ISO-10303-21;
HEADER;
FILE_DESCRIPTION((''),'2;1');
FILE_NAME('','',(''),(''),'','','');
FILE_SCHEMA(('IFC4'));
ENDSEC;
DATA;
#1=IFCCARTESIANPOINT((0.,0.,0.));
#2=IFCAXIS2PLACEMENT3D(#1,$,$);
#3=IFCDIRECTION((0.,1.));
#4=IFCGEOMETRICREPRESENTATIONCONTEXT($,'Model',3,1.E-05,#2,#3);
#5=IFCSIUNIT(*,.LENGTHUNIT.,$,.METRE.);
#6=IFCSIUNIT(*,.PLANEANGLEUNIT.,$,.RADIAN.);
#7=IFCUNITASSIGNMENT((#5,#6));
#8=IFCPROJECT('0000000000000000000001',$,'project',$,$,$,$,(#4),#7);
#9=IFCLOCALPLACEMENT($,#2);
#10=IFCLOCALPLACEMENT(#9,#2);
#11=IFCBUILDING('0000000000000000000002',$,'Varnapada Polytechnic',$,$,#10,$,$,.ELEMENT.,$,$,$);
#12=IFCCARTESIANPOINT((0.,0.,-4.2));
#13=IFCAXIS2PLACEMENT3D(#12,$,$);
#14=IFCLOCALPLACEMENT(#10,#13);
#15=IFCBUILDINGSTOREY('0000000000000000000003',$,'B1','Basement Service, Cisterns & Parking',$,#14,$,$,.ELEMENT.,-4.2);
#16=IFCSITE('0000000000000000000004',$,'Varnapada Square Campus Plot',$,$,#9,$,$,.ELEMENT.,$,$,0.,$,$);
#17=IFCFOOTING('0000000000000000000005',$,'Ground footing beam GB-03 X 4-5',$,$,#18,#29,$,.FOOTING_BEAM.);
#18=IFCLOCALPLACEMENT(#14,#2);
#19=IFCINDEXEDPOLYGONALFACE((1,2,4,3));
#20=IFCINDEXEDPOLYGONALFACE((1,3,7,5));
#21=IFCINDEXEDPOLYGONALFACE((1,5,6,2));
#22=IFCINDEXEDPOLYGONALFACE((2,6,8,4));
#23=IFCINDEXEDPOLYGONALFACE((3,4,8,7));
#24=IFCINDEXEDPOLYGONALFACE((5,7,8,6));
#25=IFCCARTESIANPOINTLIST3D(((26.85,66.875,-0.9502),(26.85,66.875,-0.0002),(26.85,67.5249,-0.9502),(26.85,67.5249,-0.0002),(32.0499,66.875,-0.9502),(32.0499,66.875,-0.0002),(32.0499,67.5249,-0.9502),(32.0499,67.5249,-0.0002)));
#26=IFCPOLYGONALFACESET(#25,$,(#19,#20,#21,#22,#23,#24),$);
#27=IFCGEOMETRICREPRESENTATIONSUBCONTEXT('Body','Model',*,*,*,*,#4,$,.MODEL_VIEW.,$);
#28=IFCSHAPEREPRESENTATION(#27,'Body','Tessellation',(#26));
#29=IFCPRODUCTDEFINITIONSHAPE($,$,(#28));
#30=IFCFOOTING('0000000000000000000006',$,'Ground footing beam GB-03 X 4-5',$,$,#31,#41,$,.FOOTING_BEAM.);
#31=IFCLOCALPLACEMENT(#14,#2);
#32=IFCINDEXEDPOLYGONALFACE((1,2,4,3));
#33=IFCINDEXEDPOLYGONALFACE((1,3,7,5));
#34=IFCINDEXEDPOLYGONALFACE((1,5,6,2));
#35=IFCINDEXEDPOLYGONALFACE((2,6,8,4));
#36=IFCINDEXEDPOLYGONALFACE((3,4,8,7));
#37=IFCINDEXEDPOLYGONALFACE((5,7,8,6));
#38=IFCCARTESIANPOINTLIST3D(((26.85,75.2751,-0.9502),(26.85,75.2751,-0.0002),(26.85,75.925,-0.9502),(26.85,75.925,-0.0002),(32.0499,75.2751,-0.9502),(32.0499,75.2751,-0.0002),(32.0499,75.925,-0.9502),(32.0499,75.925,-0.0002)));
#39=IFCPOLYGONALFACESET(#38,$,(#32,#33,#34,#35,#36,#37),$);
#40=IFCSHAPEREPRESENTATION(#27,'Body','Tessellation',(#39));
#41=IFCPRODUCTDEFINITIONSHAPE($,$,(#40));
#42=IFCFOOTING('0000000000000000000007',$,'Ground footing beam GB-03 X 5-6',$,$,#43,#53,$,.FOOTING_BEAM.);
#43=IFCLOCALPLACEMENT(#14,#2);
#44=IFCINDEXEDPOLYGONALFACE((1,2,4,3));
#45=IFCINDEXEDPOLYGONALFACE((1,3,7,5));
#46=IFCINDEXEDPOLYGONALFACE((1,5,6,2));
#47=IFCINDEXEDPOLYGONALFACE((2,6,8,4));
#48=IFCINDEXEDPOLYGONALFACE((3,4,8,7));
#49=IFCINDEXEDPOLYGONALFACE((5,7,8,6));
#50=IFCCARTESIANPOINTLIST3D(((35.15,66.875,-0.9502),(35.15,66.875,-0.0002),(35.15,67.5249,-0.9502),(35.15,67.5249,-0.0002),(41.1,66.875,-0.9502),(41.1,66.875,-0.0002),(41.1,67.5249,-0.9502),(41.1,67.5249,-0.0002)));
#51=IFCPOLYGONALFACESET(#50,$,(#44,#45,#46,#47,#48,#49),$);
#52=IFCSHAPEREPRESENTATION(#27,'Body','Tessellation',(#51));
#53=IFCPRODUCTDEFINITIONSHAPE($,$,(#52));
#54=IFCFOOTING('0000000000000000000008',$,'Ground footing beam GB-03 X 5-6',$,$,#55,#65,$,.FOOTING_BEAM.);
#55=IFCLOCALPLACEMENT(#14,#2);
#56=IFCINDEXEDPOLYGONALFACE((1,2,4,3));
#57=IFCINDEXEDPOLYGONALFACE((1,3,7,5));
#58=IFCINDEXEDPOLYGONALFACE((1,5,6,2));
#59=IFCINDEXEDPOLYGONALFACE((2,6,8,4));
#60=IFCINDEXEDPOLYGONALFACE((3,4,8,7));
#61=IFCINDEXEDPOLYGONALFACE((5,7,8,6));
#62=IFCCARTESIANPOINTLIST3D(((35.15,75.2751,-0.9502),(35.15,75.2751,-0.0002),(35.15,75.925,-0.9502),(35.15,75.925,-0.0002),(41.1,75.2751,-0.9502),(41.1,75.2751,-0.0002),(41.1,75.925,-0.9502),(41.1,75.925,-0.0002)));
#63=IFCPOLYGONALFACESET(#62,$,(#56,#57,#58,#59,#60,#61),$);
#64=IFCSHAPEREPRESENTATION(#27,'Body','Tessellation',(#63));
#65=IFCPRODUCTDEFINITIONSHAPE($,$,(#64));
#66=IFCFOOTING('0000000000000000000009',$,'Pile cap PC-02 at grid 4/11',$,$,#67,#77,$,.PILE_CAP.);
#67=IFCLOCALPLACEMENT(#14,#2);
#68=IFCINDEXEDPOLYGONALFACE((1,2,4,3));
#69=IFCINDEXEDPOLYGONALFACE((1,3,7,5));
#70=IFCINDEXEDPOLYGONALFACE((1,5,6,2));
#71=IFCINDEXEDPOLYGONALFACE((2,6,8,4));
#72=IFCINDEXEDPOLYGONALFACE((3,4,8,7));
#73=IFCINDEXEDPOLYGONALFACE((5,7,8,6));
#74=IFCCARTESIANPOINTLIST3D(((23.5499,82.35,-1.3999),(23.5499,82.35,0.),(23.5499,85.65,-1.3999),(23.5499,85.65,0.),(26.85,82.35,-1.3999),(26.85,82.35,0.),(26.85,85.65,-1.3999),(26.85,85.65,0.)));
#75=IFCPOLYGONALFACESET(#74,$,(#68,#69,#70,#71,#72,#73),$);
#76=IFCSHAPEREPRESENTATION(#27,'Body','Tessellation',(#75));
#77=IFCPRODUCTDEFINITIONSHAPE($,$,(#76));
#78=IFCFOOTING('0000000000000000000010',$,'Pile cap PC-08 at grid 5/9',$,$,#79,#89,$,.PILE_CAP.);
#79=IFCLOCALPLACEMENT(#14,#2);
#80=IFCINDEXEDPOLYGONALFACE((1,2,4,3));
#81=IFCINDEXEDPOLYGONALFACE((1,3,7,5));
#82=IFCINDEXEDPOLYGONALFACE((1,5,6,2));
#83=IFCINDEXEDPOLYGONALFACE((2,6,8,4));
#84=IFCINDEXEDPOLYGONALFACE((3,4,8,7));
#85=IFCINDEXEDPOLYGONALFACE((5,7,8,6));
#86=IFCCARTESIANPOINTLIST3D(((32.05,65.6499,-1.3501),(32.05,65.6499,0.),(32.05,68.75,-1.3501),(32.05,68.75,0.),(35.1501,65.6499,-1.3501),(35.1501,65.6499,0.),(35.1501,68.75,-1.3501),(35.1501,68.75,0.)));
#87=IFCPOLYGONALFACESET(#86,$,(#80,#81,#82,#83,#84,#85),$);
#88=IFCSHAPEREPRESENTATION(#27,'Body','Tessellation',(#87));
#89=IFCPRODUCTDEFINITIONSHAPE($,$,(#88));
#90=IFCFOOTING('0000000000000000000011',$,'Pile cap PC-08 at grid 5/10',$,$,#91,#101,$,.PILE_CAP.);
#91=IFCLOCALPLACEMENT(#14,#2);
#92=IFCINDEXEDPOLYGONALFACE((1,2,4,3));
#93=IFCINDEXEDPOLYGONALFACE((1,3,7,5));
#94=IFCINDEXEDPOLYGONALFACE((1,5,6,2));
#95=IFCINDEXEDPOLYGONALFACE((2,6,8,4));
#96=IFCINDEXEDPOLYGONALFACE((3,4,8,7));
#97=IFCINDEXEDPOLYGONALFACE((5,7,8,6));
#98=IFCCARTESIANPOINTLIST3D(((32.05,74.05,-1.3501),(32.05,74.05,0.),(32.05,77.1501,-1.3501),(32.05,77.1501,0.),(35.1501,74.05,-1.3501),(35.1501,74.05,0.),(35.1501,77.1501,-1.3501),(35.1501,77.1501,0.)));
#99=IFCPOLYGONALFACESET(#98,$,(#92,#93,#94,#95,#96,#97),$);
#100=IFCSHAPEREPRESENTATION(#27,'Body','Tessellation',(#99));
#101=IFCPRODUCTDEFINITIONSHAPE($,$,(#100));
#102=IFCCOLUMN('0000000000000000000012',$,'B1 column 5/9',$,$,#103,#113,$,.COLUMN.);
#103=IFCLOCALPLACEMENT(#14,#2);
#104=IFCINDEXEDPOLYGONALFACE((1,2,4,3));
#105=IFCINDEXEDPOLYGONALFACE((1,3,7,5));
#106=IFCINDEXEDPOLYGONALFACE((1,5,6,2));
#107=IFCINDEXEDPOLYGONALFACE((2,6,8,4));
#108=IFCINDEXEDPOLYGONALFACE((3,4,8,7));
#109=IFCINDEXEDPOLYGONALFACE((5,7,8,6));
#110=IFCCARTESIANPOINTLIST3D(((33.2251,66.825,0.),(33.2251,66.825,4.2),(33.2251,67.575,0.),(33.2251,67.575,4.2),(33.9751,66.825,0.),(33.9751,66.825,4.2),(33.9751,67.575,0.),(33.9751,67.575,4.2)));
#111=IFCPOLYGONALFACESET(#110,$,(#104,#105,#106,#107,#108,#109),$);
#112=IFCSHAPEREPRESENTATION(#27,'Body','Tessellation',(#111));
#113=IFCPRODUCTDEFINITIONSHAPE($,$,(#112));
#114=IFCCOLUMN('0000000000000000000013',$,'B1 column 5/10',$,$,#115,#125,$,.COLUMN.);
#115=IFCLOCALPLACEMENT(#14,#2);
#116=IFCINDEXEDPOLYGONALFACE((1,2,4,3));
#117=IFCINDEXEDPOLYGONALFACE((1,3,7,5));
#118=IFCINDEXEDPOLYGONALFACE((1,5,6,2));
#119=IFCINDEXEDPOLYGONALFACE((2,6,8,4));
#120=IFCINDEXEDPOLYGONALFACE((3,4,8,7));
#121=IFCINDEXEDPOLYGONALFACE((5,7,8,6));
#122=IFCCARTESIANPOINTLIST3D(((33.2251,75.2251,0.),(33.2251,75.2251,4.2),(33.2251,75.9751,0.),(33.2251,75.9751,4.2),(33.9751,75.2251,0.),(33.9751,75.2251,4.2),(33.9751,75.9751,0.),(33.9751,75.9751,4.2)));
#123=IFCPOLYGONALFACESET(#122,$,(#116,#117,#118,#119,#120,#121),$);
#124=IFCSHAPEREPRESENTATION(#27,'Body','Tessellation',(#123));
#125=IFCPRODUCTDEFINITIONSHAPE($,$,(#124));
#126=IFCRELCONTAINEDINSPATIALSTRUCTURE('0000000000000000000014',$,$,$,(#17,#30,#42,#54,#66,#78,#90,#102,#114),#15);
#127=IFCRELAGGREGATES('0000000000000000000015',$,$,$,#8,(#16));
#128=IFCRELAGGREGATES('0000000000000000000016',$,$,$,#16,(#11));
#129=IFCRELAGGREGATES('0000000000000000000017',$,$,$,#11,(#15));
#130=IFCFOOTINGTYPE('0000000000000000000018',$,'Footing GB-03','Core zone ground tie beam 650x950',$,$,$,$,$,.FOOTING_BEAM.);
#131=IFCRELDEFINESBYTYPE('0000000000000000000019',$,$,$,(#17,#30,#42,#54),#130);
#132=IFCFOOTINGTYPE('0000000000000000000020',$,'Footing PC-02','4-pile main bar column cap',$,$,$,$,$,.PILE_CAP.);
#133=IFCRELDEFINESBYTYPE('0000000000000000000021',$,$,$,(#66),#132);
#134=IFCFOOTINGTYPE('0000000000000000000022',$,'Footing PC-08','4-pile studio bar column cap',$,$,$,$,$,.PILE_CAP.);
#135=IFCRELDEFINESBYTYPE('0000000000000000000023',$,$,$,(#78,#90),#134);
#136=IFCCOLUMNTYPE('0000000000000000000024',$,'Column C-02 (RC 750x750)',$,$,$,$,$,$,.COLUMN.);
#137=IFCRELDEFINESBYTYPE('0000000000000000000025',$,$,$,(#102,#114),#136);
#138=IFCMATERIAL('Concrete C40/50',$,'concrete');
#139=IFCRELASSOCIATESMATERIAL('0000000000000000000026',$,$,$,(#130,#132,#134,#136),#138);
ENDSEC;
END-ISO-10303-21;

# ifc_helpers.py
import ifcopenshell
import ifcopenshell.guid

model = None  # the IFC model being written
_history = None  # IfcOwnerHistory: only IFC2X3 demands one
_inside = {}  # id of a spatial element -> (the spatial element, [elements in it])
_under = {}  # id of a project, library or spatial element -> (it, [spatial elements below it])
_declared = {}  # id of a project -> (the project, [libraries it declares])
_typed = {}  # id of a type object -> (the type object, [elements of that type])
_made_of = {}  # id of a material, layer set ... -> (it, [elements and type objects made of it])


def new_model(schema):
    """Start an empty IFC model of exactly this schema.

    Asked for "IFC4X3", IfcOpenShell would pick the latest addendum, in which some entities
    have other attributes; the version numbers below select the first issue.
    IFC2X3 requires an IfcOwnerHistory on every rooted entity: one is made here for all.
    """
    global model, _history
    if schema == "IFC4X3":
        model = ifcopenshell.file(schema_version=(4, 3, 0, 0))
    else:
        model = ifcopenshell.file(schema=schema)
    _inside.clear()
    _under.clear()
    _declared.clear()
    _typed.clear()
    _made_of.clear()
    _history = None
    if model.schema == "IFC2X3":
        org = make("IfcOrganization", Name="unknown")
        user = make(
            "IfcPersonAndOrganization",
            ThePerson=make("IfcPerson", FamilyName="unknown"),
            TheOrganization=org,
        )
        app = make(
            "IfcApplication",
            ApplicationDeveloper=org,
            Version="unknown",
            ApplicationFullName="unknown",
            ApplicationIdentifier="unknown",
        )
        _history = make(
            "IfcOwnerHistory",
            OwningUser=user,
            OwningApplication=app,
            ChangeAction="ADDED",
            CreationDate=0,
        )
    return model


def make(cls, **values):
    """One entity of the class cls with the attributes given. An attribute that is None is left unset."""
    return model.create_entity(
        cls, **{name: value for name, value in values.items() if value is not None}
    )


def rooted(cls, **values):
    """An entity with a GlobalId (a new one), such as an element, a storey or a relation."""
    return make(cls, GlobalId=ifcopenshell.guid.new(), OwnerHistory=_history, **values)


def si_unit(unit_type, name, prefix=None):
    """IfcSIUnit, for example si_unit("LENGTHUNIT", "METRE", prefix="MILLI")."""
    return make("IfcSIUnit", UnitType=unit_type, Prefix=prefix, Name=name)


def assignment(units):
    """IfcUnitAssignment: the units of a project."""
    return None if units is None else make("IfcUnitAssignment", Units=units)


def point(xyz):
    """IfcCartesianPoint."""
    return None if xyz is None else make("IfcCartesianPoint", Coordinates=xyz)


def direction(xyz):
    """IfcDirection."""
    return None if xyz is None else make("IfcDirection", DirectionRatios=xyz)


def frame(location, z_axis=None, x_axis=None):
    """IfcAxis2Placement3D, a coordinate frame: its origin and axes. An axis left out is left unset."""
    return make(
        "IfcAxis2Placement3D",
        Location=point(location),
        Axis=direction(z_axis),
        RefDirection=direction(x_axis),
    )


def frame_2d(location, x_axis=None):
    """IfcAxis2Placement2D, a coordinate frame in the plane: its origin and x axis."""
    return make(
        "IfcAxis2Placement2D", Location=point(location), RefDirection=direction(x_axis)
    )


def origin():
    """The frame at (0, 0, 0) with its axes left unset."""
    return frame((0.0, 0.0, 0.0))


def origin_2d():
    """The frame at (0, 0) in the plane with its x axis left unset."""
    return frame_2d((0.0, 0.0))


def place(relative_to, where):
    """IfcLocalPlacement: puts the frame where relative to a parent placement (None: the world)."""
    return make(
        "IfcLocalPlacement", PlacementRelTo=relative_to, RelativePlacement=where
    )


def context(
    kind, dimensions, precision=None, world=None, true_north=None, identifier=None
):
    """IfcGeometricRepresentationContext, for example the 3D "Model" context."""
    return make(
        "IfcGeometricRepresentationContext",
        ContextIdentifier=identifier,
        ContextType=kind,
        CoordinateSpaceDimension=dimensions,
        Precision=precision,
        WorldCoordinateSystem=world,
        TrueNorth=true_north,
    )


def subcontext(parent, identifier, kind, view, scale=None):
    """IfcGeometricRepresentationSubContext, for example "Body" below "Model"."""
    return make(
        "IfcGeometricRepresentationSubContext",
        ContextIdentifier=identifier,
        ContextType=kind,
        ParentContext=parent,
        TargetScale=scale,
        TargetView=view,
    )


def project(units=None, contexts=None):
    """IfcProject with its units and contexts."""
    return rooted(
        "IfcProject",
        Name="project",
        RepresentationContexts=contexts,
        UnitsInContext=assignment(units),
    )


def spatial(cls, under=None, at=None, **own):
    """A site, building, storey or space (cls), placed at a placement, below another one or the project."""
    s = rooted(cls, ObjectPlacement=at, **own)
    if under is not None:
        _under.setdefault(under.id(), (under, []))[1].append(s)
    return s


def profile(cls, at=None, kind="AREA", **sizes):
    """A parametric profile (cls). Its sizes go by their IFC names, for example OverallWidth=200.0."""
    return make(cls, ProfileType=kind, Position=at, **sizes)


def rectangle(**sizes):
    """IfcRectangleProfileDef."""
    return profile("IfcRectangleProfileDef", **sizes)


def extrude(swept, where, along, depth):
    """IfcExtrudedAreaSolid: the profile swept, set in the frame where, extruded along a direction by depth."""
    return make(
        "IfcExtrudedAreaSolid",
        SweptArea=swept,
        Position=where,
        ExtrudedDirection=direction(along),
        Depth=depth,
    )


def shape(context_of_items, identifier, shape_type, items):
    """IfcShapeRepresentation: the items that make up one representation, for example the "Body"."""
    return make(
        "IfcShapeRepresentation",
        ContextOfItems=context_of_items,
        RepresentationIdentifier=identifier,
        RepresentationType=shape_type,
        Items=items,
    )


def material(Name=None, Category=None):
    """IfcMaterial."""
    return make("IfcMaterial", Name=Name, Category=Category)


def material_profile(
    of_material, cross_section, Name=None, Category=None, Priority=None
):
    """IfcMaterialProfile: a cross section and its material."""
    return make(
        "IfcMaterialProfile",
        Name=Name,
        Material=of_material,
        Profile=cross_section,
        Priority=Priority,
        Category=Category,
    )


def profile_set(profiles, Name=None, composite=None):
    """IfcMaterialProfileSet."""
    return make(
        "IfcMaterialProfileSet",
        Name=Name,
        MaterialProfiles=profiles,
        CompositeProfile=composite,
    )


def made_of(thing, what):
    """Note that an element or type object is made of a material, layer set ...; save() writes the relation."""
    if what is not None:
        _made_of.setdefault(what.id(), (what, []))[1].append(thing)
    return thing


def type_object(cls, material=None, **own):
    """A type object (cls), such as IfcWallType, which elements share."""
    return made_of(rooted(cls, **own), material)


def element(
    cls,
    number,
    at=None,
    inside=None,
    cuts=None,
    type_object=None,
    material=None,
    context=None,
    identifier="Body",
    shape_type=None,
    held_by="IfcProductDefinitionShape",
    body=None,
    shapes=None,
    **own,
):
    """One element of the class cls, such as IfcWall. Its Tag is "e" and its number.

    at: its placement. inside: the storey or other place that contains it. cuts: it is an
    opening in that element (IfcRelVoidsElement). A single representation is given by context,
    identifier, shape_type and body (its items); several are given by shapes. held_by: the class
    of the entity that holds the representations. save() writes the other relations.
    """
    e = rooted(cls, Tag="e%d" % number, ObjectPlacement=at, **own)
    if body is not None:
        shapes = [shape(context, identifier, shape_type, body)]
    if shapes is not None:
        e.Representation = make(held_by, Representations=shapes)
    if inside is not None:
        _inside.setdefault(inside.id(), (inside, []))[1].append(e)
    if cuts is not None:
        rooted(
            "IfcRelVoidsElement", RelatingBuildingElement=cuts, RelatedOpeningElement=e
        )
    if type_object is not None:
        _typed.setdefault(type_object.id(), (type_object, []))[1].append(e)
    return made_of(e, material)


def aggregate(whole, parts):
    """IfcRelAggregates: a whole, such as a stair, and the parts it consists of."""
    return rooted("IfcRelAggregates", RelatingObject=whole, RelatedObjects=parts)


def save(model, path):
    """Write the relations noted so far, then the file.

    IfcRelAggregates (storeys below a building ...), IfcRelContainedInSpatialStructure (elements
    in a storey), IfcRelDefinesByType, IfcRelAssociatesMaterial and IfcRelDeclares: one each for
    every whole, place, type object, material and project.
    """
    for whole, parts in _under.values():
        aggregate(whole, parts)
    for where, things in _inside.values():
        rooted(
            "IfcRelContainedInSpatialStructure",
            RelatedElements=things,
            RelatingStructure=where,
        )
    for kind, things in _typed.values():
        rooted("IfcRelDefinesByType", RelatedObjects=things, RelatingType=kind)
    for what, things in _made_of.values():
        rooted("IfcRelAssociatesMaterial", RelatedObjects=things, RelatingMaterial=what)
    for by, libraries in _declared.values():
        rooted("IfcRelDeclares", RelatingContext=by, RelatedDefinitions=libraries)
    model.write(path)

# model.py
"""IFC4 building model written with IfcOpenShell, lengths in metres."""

from ifc_helpers import new_model, si_unit, direction, frame, origin, origin_2d, place, context, subcontext, project, spatial, rectangle, extrude, material, material_profile, profile_set, type_object, element, save


model = new_model("IFC4")

# Units and contexts
model_context = context("Model", 3, precision=1e-05, world=origin(), true_north=direction((0.0, 1.0)))
body_context = subcontext(model_context, "Body", "Model", "MODEL_VIEW")
ifc_project = project(units=[si_unit("LENGTHUNIT", "METRE"), si_unit("PLANEANGLEUNIT", "RADIAN")], contexts=[model_context])

# Site, building, storey
site_placement = place(None, origin())
site = spatial("IfcSite", under=ifc_project, at=site_placement, Name="Varnapada Square Campus Plot", CompositionType="ELEMENT", RefElevation=0.0)
building_placement = place(site_placement, origin())
building = spatial("IfcBuilding", under=site, at=building_placement, Name="Varnapada Polytechnic", CompositionType="ELEMENT")
storey_placement = place(building_placement, frame((0.0, 0.0, -4.2)))
storey = spatial("IfcBuildingStorey", under=building, at=storey_placement, Name="B1", Description="Basement Service, Cisterns & Parking", CompositionType="ELEMENT", Elevation=-4.2)

# Shared definitions
ifc_material = material(Name="Concrete C40/50", Category="concrete")

# Footings
footing_type_1 = type_object("IfcFootingType", Name="Footing GB-03", Description="Core zone ground tie beam 650x950", PredefinedType="FOOTING_BEAM", material=ifc_material)
for number, where, z_axis, x_axis, name in (
    (1, (29.45, 67.2, -0.9502), (0.0, 0.0, 1.0), (1.0, 0.0, 0.0), "Ground footing beam GB-03 X 4-5"),
    (2, (29.45, 75.6001, -0.9502), (0.0, 0.0, 1.0), (1.0, 0.0, 0.0), "Ground footing beam GB-03 X 4-5"),
):
    element("IfcFooting", number, at=place(storey_placement, frame(where, z_axis=z_axis, x_axis=x_axis)), inside=storey, type_object=footing_type_1, Name=name, PredefinedType="FOOTING_BEAM", context=body_context, shape_type="SweptSolid", body=[
        extrude(rectangle(XDim=5.2, YDim=0.6499, at=origin_2d()), origin(), (0.0, 0.0, 1.0), 0.95),
    ])
for number, where, z_axis, x_axis, name in (
    (3, (38.125, 67.2, -0.9502), (0.0, 0.0, 1.0), (1.0, 0.0, 0.0), "Ground footing beam GB-03 X 5-6"),
    (4, (38.125, 75.6001, -0.9502), (0.0, 0.0, 1.0), (1.0, 0.0, 0.0), "Ground footing beam GB-03 X 5-6"),
):
    element("IfcFooting", number, at=place(storey_placement, frame(where, z_axis=z_axis, x_axis=x_axis)), inside=storey, type_object=footing_type_1, Name=name, PredefinedType="FOOTING_BEAM", context=body_context, shape_type="SweptSolid", body=[
        extrude(rectangle(XDim=5.95, YDim=0.6499, at=origin_2d()), origin(), (0.0, 0.0, 1.0), 0.95),
    ])
footing_type_2 = type_object("IfcFootingType", Name="Footing PC-02", Description="4-pile main bar column cap", PredefinedType="PILE_CAP", material=ifc_material)
footing_placement = place(storey_placement, frame((25.2, 84.0, -1.3999), z_axis=(0.0, 0.0, 1.0), x_axis=(1.0, 0.0, 0.0)))
element("IfcFooting", 5, at=footing_placement, inside=storey, type_object=footing_type_2, Name="Pile cap PC-02 at grid 4/11", PredefinedType="PILE_CAP", context=body_context, shape_type="SweptSolid", body=[
    extrude(rectangle(XDim=3.3, YDim=3.3, at=origin_2d()), origin(), (0.0, 0.0, 1.0), 1.3999),
])
footing_type_3 = type_object("IfcFootingType", Name="Footing PC-08", Description="4-pile studio bar column cap", PredefinedType="PILE_CAP", material=ifc_material)
for number, where, z_axis, x_axis, name in (
    (6, (33.6001, 67.2, -1.3501), (0.0, 0.0, 1.0), (1.0, 0.0, 0.0), "Pile cap PC-08 at grid 5/9"),
    (7, (33.6001, 75.6001, -1.3501), (0.0, 0.0, 1.0), (1.0, 0.0, 0.0), "Pile cap PC-08 at grid 5/10"),
):
    element("IfcFooting", number, at=place(storey_placement, frame(where, z_axis=z_axis, x_axis=x_axis)), inside=storey, type_object=footing_type_3, Name=name, PredefinedType="PILE_CAP", context=body_context, shape_type="SweptSolid", body=[
        extrude(rectangle(XDim=3.1001, YDim=3.1001, at=origin_2d()), origin(), (0.0, 0.0, 1.0), 1.3501),
    ])

# Columns
ifc_material_profile_1 = material_profile(ifc_material, rectangle(XDim=0.75, YDim=0.75, at=origin_2d()), Name="RC 750x750")
ifc_profile_set_1 = profile_set([ifc_material_profile_1], Name="Concrete C40/50")
column_type = type_object("IfcColumnType", Name="Column C-02 (RC 750x750)", PredefinedType="COLUMN", material=ifc_profile_set_1)
for number, where, z_axis, x_axis, name in (
    (8, (33.6001, 67.2, 0.0), (0.0, 0.0, 1.0), (1.0, 0.0, 0.0), "B1 column 5/9"),
    (9, (33.6001, 75.6001, 0.0), (0.0, 0.0, 1.0), (1.0, 0.0, 0.0), "B1 column 5/10"),
):
    element("IfcColumn", number, at=place(storey_placement, frame(where, z_axis=z_axis, x_axis=x_axis)), inside=storey, type_object=column_type, Name=name, PredefinedType="COLUMN", context=body_context, shape_type="SweptSolid", body=[
        extrude(rectangle(XDim=0.75, YDim=0.75, at=origin_2d()), origin(), (0.0, 0.0, 1.0), 4.2),
    ])

save(model, "model.ifc")
